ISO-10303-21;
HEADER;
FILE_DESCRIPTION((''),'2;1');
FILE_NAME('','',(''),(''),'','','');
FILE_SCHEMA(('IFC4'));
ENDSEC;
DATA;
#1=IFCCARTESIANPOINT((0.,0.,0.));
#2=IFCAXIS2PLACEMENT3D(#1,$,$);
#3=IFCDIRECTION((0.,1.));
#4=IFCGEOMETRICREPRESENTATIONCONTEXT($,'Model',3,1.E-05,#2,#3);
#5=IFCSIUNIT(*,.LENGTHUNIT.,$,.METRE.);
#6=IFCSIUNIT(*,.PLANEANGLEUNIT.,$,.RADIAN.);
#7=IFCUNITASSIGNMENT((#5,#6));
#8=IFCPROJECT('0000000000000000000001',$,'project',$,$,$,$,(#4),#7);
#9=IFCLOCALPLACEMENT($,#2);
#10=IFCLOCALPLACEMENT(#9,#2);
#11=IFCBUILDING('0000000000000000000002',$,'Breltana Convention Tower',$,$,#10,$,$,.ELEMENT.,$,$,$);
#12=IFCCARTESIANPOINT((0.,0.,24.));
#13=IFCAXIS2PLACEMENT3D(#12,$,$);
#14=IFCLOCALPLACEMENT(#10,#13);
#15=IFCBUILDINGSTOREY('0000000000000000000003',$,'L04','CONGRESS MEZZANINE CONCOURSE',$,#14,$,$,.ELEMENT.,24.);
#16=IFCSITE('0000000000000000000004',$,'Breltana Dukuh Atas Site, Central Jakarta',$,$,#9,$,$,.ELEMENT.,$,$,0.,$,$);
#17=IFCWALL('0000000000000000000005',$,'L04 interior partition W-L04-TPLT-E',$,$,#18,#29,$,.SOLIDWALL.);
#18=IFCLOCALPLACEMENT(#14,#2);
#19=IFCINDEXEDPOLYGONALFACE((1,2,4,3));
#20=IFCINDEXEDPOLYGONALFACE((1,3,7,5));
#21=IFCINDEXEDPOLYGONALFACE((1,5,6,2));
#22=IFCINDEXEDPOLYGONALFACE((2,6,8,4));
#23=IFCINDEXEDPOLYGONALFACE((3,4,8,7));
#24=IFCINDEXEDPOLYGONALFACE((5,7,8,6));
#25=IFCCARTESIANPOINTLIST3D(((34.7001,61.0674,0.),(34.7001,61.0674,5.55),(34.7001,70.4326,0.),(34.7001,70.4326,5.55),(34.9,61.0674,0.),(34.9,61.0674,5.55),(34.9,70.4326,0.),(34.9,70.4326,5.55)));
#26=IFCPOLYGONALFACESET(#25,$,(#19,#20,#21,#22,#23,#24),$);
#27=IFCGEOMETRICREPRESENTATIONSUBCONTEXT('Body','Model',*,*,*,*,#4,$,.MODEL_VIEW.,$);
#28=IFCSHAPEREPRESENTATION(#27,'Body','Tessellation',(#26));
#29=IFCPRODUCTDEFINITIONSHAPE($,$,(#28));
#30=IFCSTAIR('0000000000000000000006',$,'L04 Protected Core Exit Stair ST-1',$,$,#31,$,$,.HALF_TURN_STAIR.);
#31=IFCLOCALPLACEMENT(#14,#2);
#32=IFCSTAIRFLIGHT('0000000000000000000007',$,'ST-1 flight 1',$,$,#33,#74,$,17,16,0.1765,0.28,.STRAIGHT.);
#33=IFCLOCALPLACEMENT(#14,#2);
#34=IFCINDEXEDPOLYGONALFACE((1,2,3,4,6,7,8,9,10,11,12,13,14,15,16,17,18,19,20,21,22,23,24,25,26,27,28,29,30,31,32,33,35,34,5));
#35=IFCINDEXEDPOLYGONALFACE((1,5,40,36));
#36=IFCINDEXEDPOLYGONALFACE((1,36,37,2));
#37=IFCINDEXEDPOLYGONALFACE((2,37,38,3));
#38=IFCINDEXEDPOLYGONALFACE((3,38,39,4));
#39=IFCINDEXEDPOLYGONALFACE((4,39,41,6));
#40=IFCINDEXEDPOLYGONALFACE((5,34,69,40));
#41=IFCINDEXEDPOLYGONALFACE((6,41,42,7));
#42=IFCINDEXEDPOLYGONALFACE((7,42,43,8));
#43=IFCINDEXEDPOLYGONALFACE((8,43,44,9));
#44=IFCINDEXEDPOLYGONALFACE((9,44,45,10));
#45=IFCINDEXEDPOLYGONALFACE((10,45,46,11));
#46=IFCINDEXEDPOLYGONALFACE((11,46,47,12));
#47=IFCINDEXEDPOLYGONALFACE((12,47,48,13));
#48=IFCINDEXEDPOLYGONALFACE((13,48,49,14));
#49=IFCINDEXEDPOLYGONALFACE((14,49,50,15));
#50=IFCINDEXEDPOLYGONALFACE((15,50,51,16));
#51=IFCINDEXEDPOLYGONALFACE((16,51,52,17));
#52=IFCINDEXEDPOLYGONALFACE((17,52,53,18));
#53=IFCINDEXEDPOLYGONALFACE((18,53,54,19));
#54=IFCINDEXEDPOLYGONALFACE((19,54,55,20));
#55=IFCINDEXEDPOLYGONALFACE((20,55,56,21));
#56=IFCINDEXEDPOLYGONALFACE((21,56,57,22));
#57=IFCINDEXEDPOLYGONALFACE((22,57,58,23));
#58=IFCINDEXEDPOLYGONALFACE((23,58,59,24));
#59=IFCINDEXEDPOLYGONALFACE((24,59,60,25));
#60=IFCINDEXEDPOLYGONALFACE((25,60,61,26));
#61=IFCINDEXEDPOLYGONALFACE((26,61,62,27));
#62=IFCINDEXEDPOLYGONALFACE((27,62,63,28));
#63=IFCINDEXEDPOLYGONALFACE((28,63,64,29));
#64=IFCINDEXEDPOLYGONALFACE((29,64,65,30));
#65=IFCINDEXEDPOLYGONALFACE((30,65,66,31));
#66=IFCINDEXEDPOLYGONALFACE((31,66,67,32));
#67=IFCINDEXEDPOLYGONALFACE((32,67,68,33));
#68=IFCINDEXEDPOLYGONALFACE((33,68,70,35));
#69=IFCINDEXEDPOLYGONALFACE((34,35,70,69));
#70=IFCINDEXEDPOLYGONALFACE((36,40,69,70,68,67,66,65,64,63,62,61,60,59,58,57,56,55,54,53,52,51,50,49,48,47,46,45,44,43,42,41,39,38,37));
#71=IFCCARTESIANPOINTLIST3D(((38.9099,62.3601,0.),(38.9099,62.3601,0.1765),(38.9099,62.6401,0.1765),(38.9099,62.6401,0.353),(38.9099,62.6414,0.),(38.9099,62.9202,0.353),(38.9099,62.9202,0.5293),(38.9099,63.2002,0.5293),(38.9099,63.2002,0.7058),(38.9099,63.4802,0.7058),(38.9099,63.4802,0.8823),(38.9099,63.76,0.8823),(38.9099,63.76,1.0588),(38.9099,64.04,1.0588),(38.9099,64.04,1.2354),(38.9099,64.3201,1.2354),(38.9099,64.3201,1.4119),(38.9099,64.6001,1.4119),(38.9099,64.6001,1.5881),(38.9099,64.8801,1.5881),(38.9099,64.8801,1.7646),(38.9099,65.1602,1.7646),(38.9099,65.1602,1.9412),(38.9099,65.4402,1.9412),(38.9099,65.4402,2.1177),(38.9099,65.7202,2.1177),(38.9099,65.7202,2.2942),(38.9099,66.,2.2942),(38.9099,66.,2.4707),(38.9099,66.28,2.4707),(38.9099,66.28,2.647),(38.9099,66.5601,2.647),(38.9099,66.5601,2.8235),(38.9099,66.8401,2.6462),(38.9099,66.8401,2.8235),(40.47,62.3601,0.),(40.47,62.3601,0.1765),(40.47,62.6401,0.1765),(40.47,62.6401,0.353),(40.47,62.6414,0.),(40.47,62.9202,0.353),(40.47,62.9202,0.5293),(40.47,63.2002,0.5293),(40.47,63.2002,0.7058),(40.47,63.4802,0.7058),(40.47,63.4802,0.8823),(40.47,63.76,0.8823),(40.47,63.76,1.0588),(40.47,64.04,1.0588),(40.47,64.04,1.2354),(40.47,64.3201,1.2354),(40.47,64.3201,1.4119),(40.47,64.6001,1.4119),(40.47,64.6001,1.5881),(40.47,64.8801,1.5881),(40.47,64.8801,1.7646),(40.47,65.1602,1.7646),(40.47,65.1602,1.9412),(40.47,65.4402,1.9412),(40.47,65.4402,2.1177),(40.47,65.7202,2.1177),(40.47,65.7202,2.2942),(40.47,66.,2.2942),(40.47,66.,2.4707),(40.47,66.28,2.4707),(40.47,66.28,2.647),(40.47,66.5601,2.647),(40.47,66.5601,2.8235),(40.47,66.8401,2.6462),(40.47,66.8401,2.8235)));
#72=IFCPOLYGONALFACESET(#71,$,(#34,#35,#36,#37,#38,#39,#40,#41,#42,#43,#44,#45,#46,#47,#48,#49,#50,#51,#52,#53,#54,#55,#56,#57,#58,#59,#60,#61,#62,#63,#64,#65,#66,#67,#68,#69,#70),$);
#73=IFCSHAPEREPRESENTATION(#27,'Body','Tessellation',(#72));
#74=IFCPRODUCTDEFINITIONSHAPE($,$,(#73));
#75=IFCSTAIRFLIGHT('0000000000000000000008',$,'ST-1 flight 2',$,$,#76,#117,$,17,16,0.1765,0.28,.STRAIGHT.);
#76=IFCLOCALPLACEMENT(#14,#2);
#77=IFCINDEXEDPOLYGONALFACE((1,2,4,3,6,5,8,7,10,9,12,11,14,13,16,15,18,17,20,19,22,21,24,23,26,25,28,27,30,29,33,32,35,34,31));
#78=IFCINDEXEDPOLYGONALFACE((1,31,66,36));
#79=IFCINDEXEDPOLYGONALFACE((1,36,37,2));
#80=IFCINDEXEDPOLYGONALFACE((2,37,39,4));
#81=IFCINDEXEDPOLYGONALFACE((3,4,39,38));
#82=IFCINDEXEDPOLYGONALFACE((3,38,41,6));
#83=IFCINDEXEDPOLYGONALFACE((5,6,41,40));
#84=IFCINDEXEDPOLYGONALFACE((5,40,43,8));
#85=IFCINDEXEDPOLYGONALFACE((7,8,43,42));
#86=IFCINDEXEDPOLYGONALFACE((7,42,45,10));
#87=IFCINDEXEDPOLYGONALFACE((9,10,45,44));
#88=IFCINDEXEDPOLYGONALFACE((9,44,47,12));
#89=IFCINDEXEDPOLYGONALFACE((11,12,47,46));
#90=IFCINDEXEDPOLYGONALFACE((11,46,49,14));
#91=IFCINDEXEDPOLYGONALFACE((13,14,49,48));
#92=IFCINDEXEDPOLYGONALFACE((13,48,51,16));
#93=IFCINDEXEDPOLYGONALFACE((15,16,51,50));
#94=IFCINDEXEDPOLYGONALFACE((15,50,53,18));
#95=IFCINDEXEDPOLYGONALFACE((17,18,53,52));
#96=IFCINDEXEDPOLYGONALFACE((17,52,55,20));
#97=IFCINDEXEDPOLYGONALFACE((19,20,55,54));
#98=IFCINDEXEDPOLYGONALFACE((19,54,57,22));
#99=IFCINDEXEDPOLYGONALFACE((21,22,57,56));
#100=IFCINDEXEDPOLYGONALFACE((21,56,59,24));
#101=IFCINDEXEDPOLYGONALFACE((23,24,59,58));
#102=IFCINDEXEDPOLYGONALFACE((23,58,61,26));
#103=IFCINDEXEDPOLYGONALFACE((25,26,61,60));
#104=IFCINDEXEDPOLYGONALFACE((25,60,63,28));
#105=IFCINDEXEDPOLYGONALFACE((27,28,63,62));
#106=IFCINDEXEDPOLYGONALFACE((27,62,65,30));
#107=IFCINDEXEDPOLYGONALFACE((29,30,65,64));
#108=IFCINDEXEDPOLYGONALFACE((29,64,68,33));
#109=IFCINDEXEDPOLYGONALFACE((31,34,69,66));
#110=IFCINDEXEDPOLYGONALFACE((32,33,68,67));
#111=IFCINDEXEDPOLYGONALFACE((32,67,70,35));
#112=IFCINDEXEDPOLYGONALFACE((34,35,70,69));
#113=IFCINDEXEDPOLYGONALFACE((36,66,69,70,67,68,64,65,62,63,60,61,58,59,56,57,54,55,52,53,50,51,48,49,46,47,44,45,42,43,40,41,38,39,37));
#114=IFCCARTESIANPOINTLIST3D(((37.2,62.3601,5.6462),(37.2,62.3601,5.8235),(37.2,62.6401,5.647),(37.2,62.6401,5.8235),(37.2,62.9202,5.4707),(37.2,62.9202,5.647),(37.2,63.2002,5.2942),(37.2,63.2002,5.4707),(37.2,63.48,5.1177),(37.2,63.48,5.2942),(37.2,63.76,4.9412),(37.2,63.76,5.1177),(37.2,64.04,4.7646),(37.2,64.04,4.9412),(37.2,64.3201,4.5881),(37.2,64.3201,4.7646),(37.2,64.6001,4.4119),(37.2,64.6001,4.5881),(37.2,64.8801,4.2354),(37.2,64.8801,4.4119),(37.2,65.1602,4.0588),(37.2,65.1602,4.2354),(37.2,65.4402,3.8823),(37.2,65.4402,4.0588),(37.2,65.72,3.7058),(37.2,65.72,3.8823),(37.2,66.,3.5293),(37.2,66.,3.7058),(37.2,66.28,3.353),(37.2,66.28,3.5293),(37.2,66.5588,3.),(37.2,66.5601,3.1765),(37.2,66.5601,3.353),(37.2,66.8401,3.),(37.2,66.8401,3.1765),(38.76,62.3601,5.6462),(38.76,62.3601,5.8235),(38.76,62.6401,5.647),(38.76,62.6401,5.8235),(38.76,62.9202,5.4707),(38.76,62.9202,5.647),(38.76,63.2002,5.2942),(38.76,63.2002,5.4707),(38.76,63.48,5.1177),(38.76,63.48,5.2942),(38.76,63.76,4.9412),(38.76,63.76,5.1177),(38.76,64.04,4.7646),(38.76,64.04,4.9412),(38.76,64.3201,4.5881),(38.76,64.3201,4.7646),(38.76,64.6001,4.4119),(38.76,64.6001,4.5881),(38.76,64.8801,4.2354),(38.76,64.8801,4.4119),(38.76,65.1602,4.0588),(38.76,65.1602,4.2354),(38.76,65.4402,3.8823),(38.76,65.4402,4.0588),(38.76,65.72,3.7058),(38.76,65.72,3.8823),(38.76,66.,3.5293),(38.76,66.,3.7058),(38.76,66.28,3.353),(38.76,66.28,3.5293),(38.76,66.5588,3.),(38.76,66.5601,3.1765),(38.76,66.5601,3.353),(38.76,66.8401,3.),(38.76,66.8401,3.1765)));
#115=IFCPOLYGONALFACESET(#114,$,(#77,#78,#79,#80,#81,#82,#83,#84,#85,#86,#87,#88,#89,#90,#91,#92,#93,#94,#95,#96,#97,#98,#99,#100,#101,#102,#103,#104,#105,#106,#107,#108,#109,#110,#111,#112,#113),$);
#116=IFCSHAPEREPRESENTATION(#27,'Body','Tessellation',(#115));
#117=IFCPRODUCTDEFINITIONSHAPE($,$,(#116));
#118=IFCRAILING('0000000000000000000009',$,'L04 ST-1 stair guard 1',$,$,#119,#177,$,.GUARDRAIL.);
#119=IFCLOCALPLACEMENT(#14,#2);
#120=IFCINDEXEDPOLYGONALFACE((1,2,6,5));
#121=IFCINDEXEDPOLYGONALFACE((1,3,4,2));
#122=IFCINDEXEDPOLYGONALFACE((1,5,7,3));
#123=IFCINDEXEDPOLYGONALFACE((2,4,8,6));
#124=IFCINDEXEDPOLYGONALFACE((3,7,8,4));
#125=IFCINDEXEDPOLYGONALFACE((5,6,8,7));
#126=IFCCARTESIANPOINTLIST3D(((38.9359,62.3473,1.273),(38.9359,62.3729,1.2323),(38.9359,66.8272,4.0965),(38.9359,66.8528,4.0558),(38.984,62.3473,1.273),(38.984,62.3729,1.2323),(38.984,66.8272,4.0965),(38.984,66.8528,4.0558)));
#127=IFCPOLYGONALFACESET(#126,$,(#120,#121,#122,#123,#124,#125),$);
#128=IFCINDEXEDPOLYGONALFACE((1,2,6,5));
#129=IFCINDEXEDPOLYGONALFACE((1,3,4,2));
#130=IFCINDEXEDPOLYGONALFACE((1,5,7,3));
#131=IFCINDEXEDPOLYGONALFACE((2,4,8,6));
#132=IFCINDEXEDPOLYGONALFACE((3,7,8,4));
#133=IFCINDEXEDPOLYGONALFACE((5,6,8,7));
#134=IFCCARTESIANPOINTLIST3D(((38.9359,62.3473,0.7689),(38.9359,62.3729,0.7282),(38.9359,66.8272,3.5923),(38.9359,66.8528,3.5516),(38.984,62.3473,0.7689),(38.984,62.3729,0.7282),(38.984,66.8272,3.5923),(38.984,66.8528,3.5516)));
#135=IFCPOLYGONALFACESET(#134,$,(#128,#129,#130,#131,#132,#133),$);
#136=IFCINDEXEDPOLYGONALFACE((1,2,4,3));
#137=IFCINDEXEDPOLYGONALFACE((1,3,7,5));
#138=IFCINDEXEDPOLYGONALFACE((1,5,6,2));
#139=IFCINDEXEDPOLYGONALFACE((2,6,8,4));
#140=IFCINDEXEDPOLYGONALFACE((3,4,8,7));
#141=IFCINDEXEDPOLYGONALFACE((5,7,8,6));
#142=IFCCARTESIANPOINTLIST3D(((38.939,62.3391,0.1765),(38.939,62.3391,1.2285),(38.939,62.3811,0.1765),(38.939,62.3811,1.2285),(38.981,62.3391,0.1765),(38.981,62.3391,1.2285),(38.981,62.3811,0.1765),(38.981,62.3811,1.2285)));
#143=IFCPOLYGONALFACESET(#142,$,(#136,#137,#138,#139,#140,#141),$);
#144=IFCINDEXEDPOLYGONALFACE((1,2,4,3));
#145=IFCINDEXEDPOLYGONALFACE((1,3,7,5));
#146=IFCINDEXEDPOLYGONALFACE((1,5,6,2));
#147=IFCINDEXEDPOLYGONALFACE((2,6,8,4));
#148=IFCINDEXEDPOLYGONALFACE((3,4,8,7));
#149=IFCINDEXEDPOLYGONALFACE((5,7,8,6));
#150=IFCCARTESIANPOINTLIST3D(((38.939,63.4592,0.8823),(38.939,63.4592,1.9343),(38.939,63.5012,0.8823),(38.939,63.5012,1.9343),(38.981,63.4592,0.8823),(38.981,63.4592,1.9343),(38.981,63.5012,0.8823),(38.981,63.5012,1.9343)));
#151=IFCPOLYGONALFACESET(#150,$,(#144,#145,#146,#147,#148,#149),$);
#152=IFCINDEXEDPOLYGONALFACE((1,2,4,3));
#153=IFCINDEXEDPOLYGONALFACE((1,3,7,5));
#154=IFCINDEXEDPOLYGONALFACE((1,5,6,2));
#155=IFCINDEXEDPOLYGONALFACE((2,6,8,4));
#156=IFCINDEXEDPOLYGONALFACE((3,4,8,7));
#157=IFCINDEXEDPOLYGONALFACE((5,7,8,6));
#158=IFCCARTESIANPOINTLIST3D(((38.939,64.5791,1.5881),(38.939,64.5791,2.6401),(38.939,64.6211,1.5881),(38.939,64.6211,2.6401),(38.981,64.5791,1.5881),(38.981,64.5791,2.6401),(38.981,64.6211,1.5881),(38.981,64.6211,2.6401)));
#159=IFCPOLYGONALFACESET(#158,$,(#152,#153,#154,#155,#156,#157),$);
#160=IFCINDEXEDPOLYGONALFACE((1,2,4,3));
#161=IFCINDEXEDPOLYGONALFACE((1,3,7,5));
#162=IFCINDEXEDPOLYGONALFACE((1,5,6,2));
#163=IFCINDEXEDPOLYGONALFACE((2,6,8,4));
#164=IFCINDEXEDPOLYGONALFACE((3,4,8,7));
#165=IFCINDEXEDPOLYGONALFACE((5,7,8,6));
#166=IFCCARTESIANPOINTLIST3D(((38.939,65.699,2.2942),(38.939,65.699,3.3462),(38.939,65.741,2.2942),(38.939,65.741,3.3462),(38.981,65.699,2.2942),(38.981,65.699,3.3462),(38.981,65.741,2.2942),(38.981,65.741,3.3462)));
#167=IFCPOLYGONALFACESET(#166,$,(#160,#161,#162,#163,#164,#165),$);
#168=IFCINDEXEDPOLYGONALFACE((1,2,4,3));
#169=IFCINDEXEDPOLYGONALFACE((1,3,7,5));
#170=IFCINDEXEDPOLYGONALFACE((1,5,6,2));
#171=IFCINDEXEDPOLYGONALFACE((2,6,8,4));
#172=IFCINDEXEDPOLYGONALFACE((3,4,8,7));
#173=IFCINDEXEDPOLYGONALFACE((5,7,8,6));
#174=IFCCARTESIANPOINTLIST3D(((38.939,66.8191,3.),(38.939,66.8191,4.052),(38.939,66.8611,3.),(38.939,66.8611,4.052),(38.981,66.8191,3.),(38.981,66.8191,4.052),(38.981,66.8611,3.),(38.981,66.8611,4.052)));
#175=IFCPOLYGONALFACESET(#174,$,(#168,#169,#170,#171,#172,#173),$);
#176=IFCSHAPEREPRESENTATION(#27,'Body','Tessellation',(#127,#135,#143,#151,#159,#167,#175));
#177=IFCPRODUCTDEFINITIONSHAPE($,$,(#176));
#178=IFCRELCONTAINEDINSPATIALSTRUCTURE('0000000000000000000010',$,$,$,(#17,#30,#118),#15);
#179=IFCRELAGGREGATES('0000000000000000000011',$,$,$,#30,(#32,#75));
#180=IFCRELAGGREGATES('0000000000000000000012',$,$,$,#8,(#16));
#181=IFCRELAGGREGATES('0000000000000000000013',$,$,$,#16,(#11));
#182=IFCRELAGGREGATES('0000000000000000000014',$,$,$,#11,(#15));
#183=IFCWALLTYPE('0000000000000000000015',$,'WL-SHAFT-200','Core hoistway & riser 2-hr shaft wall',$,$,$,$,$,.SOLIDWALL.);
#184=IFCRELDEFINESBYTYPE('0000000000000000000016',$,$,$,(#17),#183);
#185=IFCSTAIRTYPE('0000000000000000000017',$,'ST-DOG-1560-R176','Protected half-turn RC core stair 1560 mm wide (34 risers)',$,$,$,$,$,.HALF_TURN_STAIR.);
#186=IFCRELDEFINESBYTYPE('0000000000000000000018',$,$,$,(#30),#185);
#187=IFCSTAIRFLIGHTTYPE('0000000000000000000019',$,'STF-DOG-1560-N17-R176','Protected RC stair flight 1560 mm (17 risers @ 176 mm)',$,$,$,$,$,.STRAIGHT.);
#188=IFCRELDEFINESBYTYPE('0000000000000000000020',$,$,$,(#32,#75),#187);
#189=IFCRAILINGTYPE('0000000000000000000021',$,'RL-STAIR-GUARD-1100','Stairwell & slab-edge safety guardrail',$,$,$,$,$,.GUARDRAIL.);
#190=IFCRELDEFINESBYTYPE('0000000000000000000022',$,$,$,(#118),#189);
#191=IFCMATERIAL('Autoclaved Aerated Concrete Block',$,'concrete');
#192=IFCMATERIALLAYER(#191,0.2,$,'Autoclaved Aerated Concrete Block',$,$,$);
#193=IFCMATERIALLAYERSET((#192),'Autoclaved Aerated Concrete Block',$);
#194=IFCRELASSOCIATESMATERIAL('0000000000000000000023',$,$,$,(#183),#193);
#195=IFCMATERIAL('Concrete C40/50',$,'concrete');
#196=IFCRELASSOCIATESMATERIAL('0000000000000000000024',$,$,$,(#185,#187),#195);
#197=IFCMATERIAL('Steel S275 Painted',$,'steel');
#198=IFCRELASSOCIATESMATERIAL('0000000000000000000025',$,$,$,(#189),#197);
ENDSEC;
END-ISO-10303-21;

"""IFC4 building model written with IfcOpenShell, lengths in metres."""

from ifc_helpers import new_model, si_unit, direction, frame, frame_2d, origin, origin_2d, place, context, subcontext, project, spatial, polyline, rectangle, outline, extrude, source, transform, mapped, material, layer, layer_set, type_object, element, aggregate, save


model = new_model("IFC4")

# Units and contexts
model_context = context("Model", 3, precision=1e-05, world=origin(), true_north=direction((0.0, 1.0)))
body_context = subcontext(model_context, "Body", "Model", "MODEL_VIEW")
ifc_project = project(units=[si_unit("LENGTHUNIT", "METRE"), si_unit("PLANEANGLEUNIT", "RADIAN")], contexts=[model_context])

# Site, building, storey
site_placement = place(None, origin())
site = spatial("IfcSite", under=ifc_project, at=site_placement, Name="Breltana Dukuh Atas Site, Central Jakarta", CompositionType="ELEMENT", RefElevation=0.0)
building_placement = place(site_placement, origin())
building = spatial("IfcBuilding", under=site, at=building_placement, Name="Breltana Convention Tower", CompositionType="ELEMENT")
storey_placement = place(building_placement, frame((0.0, 0.0, 24.0)))
storey = spatial("IfcBuildingStorey", under=building, at=storey_placement, Name="L04", Description="CONGRESS MEZZANINE CONCOURSE", CompositionType="ELEMENT", Elevation=24.0)

# Shared definitions
ifc_material_1 = material(Name="Autoclaved Aerated Concrete Block", Category="concrete")
ifc_layer_1 = layer(ifc_material_1, 0.2, Name="Autoclaved Aerated Concrete Block")
ifc_layer_set_1 = layer_set([ifc_layer_1], Name="Autoclaved Aerated Concrete Block")
wall_type_1 = type_object("IfcWallType", Name="WL-SHAFT-200", Description="Core hoistway & riser 2-hr shaft wall", PredefinedType="SOLIDWALL", material=ifc_layer_set_1)

# Wall
shared_shape_1 = source(origin(), body_context, "Body", "SweptSolid", [
    extrude(rectangle(XDim=9.3652, YDim=0.2, at=frame_2d((4.6826, 0.0))), origin(), (0.0, 0.0, 1.0), 5.55),
])
wall_1_placement = place(storey_placement, frame((34.8, 61.0674, 0.0), z_axis=(0.0, 0.0, 1.0), x_axis=(0.0, 1.0, 0.0)))
element("IfcWall", 1, at=wall_1_placement, inside=storey, type_object=wall_type_1, Name="L04 interior partition W-L04-TPLT-E", PredefinedType="SOLIDWALL", context=body_context, shape_type="MappedRepresentation", body=[
    mapped(shared_shape_1, transform((0.0, 0.0, 0.0), scale=1.0)),
])

# Stair, stair flights
ifc_material_2 = material(Name="Concrete C40/50", Category="concrete")
stair_type = type_object("IfcStairType", Name="ST-DOG-1560-R176", Description="Protected half-turn RC core stair 1560 mm wide (34 risers)", PredefinedType="HALF_TURN_STAIR", material=ifc_material_2)
stair_placement = place(storey_placement, origin())
stair = element("IfcStair", 2, at=stair_placement, inside=storey, type_object=stair_type, Name="L04 Protected Core Exit Stair ST-1", PredefinedType="HALF_TURN_STAIR")
stair_flight_type = type_object("IfcStairFlightType", Name="STF-DOG-1560-N17-R176", Description="Protected RC stair flight 1560 mm (17 risers @ 176 mm)", PredefinedType="STRAIGHT", material=ifc_material_2)
stair_flight_1_placement = place(storey_placement, frame((39.6899, 62.3601, 0.0), z_axis=(0.0, 0.0, 1.0), x_axis=(0.0, 1.0, 0.0)))
stair_flight_1 = element("IfcStairFlight", 3, at=stair_flight_1_placement, type_object=stair_flight_type, Name="ST-1 flight 1", NumberOfRisers=17, NumberOfTreads=16, PredefinedType="STRAIGHT", RiserHeight=0.1765, TreadLength=0.28, context=body_context, shape_type="SweptSolid", body=[
    extrude(outline(polyline([(0.0, 0.0), (0.0, 0.1765), (0.28, 0.1765), (0.28, 0.353), (0.5601, 0.353), (0.5601, 0.5293), (0.8401, 0.5293), (0.8401, 0.7058), (1.1201, 0.7058), (1.1201, 0.8823), (1.3999, 0.8823), (1.3999, 1.0588), (1.6799, 1.0588), (1.6799, 1.2354), (1.96, 1.2354), (1.96, 1.4119), (2.24, 1.4119), (2.24, 1.5881), (2.52, 1.5881), (2.52, 1.7646), (2.8, 1.7646), (2.8, 1.9412), (3.0801, 1.9412), (3.0801, 2.1177), (3.3601, 2.1177), (3.3601, 2.2942), (3.6399, 2.2942), (3.6399, 2.4707), (3.9199, 2.4707), (3.9199, 2.647), (4.2, 2.647), (4.2, 2.8235), (4.48, 2.8235), (4.48, 3.0), (4.48, 2.6462), (0.2812, 0.0), (0.0, 0.0)])), frame((0.0, 0.78, 0.0), z_axis=(0.0, -1.0, 0.0), x_axis=(1.0, 0.0, 0.0)), (0.0, 0.0, 1.0), 1.5601),
])
stair_flight_2_placement = place(storey_placement, frame((37.98, 66.8401, 3.0), z_axis=(0.0, 0.0, 1.0), x_axis=(0.0, -1.0, 0.0)))
stair_flight_2 = element("IfcStairFlight", 4, at=stair_flight_2_placement, type_object=stair_flight_type, Name="ST-1 flight 2", NumberOfRisers=17, NumberOfTreads=16, PredefinedType="STRAIGHT", RiserHeight=0.1765, TreadLength=0.28, context=body_context, shape_type="SweptSolid", body=[
    extrude(outline(polyline([(0.0, 0.0), (0.0, 0.1765), (0.28, 0.1765), (0.28, 0.353), (0.5601, 0.353), (0.5601, 0.5293), (0.8401, 0.5293), (0.8401, 0.7058), (1.1201, 0.7058), (1.1201, 0.8823), (1.3999, 0.8823), (1.3999, 1.0588), (1.6799, 1.0588), (1.6799, 1.2354), (1.96, 1.2354), (1.96, 1.4119), (2.24, 1.4119), (2.24, 1.5881), (2.52, 1.5881), (2.52, 1.7646), (2.8, 1.7646), (2.8, 1.9412), (3.0801, 1.9412), (3.0801, 2.1177), (3.3601, 2.1177), (3.3601, 2.2942), (3.6399, 2.2942), (3.6399, 2.4707), (3.9199, 2.4707), (3.9199, 2.647), (4.2, 2.647), (4.2, 2.8235), (4.48, 2.8235), (4.48, 3.0), (4.48, 2.6462), (0.2812, 0.0), (0.0, 0.0)])), frame((0.0, 0.78, 0.0), z_axis=(0.0, -1.0, 0.0), x_axis=(1.0, 0.0, 0.0)), (0.0, 0.0, 1.0), 1.5601),
])
aggregate(stair, [stair_flight_1, stair_flight_2])

# Railing
ifc_material_3 = material(Name="Steel S275 Painted", Category="steel")
railing_type_1 = type_object("IfcRailingType", Name="RL-STAIR-GUARD-1100", Description="Stairwell & slab-edge safety guardrail", PredefinedType="GUARDRAIL", material=ifc_material_3)
railing_1_placement = place(storey_placement, frame((38.96, 62.3601, 0.1765)))
element("IfcRailing", 5, at=railing_1_placement, inside=storey, type_object=railing_type_1, Name="L04 ST-1 stair guard 1", PredefinedType="GUARDRAIL", context=body_context, shape_type="SweptSolid", body=[
    extrude(rectangle(XDim=0.0481, YDim=0.0481, at=origin_2d()), frame((0.0, 0.0, 1.0762), z_axis=(0.0, 0.845998, 0.533186), x_axis=(-1.0, 0.0, 0.0)), (0.0, 0.0, 1.0), 5.2954),
    extrude(rectangle(XDim=0.0481, YDim=0.0481, at=origin_2d()), frame((0.0, 0.0, 0.572), z_axis=(0.0, 0.845998, 0.533186), x_axis=(-1.0, 0.0, 0.0)), (0.0, 0.0, 1.0), 5.2954),
    extrude(rectangle(XDim=0.042, YDim=0.042, at=origin_2d()), origin(), (0.0, 0.0, 1.0), 1.052),
    extrude(rectangle(XDim=0.042, YDim=0.042, at=origin_2d()), frame((0.0, 1.1201, 0.7058)), (0.0, 0.0, 1.0), 1.052),
    extrude(rectangle(XDim=0.042, YDim=0.042, at=origin_2d()), frame((0.0, 2.24, 1.4116)), (0.0, 0.0, 1.0), 1.052),
    extrude(rectangle(XDim=0.042, YDim=0.042, at=origin_2d()), frame((0.0, 3.3599, 2.1177)), (0.0, 0.0, 1.0), 1.052),
    extrude(rectangle(XDim=0.042, YDim=0.042, at=origin_2d()), frame((0.0, 4.48, 2.8235)), (0.0, 0.0, 1.0), 1.052),
])

save(model, "model.ifc")
